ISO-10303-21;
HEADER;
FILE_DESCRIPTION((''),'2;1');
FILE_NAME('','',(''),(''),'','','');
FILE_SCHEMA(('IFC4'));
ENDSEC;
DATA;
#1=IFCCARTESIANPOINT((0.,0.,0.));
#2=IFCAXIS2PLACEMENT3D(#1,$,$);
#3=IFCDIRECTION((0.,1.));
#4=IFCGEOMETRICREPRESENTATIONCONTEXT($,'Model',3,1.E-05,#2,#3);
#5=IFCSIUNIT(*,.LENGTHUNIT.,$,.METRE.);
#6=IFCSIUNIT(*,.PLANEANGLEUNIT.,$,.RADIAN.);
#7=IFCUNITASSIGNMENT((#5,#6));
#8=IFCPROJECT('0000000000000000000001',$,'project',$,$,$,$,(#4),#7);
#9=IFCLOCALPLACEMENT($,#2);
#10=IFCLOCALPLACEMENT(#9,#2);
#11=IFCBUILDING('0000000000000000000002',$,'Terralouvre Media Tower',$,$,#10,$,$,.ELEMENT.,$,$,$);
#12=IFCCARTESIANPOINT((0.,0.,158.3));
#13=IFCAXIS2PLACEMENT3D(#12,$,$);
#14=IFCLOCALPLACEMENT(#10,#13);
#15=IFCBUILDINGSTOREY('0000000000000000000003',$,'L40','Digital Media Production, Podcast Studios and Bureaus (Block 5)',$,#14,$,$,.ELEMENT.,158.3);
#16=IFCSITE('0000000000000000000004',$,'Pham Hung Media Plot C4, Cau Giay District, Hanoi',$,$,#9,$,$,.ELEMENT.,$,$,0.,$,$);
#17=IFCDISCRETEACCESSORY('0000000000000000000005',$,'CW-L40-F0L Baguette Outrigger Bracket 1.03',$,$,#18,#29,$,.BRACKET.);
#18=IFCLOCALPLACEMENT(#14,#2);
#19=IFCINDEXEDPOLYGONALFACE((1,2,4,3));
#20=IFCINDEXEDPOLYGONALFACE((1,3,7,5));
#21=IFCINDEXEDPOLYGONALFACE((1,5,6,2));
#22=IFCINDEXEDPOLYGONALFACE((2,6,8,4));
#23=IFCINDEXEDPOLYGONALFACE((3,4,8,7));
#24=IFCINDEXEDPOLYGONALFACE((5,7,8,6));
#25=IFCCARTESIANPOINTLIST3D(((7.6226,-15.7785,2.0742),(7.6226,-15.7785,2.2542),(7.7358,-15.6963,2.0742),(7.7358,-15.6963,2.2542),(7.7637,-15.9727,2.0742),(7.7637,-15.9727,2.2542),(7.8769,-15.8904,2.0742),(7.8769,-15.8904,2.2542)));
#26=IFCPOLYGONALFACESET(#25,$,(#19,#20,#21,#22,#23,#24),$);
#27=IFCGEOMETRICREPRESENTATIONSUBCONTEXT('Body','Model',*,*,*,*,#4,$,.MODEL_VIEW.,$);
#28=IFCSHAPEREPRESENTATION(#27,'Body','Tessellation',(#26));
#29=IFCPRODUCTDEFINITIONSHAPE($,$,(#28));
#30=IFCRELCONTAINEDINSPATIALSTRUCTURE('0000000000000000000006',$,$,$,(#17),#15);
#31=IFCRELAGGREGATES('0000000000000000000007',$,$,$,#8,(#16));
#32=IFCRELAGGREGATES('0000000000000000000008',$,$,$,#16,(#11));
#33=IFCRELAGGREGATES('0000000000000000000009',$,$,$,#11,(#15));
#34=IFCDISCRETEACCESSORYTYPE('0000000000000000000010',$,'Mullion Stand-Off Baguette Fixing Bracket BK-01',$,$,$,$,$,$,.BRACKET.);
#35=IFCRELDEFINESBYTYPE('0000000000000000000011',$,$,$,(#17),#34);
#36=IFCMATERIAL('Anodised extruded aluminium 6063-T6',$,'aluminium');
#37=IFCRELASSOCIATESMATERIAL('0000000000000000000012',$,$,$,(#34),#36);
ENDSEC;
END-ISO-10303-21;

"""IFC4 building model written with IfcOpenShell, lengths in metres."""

from ifc_helpers import new_model, si_unit, direction, frame, origin, origin_2d, place, context, subcontext, project, spatial, rectangle, extrude, material, type_object, element, save


model = new_model("IFC4")

# Units and contexts
model_context = context("Model", 3, precision=1e-05, world=origin(), true_north=direction((0.0, 1.0)))
body_context = subcontext(model_context, "Body", "Model", "MODEL_VIEW")
ifc_project = project(units=[si_unit("LENGTHUNIT", "METRE"), si_unit("PLANEANGLEUNIT", "RADIAN")], contexts=[model_context])

# Site, building, storey
site_placement = place(None, origin())
site = spatial("IfcSite", under=ifc_project, at=site_placement, Name="Pham Hung Media Plot C4, Cau Giay District, Hanoi", CompositionType="ELEMENT", RefElevation=0.0)
building_placement = place(site_placement, origin())
building = spatial("IfcBuilding", under=site, at=building_placement, Name="Terralouvre Media Tower", CompositionType="ELEMENT")
storey_placement = place(building_placement, frame((0.0, 0.0, 158.3)))
storey = spatial("IfcBuildingStorey", under=building, at=storey_placement, Name="L40", Description="Digital Media Production, Podcast Studios and Bureaus (Block 5)", CompositionType="ELEMENT", Elevation=158.3)

# Discrete accessory
ifc_material_1 = material(Name="Anodised extruded aluminium 6063-T6", Category="aluminium")
discrete_accessory_type = type_object("IfcDiscreteAccessoryType", Name="Mullion Stand-Off Baguette Fixing Bracket BK-01", PredefinedType="BRACKET", material=ifc_material_1)
discrete_accessory_placement = place(storey_placement, frame((7.7498, -15.8345, 2.0742), z_axis=(0.0, 0.0, 1.0), x_axis=(0.809017, 0.587785, 0.0)))
element("IfcDiscreteAccessory", 1, at=discrete_accessory_placement, inside=storey, type_object=discrete_accessory_type, Name="CW-L40-F0L Baguette Outrigger Bracket 1.03", PredefinedType="BRACKET", context=body_context, shape_type="SweptSolid", body=[
    extrude(rectangle(XDim=0.1399, YDim=0.24, at=origin_2d()), origin(), (0.0, 0.0, 1.0), 0.1799),
])

save(model, "model.ifc")
